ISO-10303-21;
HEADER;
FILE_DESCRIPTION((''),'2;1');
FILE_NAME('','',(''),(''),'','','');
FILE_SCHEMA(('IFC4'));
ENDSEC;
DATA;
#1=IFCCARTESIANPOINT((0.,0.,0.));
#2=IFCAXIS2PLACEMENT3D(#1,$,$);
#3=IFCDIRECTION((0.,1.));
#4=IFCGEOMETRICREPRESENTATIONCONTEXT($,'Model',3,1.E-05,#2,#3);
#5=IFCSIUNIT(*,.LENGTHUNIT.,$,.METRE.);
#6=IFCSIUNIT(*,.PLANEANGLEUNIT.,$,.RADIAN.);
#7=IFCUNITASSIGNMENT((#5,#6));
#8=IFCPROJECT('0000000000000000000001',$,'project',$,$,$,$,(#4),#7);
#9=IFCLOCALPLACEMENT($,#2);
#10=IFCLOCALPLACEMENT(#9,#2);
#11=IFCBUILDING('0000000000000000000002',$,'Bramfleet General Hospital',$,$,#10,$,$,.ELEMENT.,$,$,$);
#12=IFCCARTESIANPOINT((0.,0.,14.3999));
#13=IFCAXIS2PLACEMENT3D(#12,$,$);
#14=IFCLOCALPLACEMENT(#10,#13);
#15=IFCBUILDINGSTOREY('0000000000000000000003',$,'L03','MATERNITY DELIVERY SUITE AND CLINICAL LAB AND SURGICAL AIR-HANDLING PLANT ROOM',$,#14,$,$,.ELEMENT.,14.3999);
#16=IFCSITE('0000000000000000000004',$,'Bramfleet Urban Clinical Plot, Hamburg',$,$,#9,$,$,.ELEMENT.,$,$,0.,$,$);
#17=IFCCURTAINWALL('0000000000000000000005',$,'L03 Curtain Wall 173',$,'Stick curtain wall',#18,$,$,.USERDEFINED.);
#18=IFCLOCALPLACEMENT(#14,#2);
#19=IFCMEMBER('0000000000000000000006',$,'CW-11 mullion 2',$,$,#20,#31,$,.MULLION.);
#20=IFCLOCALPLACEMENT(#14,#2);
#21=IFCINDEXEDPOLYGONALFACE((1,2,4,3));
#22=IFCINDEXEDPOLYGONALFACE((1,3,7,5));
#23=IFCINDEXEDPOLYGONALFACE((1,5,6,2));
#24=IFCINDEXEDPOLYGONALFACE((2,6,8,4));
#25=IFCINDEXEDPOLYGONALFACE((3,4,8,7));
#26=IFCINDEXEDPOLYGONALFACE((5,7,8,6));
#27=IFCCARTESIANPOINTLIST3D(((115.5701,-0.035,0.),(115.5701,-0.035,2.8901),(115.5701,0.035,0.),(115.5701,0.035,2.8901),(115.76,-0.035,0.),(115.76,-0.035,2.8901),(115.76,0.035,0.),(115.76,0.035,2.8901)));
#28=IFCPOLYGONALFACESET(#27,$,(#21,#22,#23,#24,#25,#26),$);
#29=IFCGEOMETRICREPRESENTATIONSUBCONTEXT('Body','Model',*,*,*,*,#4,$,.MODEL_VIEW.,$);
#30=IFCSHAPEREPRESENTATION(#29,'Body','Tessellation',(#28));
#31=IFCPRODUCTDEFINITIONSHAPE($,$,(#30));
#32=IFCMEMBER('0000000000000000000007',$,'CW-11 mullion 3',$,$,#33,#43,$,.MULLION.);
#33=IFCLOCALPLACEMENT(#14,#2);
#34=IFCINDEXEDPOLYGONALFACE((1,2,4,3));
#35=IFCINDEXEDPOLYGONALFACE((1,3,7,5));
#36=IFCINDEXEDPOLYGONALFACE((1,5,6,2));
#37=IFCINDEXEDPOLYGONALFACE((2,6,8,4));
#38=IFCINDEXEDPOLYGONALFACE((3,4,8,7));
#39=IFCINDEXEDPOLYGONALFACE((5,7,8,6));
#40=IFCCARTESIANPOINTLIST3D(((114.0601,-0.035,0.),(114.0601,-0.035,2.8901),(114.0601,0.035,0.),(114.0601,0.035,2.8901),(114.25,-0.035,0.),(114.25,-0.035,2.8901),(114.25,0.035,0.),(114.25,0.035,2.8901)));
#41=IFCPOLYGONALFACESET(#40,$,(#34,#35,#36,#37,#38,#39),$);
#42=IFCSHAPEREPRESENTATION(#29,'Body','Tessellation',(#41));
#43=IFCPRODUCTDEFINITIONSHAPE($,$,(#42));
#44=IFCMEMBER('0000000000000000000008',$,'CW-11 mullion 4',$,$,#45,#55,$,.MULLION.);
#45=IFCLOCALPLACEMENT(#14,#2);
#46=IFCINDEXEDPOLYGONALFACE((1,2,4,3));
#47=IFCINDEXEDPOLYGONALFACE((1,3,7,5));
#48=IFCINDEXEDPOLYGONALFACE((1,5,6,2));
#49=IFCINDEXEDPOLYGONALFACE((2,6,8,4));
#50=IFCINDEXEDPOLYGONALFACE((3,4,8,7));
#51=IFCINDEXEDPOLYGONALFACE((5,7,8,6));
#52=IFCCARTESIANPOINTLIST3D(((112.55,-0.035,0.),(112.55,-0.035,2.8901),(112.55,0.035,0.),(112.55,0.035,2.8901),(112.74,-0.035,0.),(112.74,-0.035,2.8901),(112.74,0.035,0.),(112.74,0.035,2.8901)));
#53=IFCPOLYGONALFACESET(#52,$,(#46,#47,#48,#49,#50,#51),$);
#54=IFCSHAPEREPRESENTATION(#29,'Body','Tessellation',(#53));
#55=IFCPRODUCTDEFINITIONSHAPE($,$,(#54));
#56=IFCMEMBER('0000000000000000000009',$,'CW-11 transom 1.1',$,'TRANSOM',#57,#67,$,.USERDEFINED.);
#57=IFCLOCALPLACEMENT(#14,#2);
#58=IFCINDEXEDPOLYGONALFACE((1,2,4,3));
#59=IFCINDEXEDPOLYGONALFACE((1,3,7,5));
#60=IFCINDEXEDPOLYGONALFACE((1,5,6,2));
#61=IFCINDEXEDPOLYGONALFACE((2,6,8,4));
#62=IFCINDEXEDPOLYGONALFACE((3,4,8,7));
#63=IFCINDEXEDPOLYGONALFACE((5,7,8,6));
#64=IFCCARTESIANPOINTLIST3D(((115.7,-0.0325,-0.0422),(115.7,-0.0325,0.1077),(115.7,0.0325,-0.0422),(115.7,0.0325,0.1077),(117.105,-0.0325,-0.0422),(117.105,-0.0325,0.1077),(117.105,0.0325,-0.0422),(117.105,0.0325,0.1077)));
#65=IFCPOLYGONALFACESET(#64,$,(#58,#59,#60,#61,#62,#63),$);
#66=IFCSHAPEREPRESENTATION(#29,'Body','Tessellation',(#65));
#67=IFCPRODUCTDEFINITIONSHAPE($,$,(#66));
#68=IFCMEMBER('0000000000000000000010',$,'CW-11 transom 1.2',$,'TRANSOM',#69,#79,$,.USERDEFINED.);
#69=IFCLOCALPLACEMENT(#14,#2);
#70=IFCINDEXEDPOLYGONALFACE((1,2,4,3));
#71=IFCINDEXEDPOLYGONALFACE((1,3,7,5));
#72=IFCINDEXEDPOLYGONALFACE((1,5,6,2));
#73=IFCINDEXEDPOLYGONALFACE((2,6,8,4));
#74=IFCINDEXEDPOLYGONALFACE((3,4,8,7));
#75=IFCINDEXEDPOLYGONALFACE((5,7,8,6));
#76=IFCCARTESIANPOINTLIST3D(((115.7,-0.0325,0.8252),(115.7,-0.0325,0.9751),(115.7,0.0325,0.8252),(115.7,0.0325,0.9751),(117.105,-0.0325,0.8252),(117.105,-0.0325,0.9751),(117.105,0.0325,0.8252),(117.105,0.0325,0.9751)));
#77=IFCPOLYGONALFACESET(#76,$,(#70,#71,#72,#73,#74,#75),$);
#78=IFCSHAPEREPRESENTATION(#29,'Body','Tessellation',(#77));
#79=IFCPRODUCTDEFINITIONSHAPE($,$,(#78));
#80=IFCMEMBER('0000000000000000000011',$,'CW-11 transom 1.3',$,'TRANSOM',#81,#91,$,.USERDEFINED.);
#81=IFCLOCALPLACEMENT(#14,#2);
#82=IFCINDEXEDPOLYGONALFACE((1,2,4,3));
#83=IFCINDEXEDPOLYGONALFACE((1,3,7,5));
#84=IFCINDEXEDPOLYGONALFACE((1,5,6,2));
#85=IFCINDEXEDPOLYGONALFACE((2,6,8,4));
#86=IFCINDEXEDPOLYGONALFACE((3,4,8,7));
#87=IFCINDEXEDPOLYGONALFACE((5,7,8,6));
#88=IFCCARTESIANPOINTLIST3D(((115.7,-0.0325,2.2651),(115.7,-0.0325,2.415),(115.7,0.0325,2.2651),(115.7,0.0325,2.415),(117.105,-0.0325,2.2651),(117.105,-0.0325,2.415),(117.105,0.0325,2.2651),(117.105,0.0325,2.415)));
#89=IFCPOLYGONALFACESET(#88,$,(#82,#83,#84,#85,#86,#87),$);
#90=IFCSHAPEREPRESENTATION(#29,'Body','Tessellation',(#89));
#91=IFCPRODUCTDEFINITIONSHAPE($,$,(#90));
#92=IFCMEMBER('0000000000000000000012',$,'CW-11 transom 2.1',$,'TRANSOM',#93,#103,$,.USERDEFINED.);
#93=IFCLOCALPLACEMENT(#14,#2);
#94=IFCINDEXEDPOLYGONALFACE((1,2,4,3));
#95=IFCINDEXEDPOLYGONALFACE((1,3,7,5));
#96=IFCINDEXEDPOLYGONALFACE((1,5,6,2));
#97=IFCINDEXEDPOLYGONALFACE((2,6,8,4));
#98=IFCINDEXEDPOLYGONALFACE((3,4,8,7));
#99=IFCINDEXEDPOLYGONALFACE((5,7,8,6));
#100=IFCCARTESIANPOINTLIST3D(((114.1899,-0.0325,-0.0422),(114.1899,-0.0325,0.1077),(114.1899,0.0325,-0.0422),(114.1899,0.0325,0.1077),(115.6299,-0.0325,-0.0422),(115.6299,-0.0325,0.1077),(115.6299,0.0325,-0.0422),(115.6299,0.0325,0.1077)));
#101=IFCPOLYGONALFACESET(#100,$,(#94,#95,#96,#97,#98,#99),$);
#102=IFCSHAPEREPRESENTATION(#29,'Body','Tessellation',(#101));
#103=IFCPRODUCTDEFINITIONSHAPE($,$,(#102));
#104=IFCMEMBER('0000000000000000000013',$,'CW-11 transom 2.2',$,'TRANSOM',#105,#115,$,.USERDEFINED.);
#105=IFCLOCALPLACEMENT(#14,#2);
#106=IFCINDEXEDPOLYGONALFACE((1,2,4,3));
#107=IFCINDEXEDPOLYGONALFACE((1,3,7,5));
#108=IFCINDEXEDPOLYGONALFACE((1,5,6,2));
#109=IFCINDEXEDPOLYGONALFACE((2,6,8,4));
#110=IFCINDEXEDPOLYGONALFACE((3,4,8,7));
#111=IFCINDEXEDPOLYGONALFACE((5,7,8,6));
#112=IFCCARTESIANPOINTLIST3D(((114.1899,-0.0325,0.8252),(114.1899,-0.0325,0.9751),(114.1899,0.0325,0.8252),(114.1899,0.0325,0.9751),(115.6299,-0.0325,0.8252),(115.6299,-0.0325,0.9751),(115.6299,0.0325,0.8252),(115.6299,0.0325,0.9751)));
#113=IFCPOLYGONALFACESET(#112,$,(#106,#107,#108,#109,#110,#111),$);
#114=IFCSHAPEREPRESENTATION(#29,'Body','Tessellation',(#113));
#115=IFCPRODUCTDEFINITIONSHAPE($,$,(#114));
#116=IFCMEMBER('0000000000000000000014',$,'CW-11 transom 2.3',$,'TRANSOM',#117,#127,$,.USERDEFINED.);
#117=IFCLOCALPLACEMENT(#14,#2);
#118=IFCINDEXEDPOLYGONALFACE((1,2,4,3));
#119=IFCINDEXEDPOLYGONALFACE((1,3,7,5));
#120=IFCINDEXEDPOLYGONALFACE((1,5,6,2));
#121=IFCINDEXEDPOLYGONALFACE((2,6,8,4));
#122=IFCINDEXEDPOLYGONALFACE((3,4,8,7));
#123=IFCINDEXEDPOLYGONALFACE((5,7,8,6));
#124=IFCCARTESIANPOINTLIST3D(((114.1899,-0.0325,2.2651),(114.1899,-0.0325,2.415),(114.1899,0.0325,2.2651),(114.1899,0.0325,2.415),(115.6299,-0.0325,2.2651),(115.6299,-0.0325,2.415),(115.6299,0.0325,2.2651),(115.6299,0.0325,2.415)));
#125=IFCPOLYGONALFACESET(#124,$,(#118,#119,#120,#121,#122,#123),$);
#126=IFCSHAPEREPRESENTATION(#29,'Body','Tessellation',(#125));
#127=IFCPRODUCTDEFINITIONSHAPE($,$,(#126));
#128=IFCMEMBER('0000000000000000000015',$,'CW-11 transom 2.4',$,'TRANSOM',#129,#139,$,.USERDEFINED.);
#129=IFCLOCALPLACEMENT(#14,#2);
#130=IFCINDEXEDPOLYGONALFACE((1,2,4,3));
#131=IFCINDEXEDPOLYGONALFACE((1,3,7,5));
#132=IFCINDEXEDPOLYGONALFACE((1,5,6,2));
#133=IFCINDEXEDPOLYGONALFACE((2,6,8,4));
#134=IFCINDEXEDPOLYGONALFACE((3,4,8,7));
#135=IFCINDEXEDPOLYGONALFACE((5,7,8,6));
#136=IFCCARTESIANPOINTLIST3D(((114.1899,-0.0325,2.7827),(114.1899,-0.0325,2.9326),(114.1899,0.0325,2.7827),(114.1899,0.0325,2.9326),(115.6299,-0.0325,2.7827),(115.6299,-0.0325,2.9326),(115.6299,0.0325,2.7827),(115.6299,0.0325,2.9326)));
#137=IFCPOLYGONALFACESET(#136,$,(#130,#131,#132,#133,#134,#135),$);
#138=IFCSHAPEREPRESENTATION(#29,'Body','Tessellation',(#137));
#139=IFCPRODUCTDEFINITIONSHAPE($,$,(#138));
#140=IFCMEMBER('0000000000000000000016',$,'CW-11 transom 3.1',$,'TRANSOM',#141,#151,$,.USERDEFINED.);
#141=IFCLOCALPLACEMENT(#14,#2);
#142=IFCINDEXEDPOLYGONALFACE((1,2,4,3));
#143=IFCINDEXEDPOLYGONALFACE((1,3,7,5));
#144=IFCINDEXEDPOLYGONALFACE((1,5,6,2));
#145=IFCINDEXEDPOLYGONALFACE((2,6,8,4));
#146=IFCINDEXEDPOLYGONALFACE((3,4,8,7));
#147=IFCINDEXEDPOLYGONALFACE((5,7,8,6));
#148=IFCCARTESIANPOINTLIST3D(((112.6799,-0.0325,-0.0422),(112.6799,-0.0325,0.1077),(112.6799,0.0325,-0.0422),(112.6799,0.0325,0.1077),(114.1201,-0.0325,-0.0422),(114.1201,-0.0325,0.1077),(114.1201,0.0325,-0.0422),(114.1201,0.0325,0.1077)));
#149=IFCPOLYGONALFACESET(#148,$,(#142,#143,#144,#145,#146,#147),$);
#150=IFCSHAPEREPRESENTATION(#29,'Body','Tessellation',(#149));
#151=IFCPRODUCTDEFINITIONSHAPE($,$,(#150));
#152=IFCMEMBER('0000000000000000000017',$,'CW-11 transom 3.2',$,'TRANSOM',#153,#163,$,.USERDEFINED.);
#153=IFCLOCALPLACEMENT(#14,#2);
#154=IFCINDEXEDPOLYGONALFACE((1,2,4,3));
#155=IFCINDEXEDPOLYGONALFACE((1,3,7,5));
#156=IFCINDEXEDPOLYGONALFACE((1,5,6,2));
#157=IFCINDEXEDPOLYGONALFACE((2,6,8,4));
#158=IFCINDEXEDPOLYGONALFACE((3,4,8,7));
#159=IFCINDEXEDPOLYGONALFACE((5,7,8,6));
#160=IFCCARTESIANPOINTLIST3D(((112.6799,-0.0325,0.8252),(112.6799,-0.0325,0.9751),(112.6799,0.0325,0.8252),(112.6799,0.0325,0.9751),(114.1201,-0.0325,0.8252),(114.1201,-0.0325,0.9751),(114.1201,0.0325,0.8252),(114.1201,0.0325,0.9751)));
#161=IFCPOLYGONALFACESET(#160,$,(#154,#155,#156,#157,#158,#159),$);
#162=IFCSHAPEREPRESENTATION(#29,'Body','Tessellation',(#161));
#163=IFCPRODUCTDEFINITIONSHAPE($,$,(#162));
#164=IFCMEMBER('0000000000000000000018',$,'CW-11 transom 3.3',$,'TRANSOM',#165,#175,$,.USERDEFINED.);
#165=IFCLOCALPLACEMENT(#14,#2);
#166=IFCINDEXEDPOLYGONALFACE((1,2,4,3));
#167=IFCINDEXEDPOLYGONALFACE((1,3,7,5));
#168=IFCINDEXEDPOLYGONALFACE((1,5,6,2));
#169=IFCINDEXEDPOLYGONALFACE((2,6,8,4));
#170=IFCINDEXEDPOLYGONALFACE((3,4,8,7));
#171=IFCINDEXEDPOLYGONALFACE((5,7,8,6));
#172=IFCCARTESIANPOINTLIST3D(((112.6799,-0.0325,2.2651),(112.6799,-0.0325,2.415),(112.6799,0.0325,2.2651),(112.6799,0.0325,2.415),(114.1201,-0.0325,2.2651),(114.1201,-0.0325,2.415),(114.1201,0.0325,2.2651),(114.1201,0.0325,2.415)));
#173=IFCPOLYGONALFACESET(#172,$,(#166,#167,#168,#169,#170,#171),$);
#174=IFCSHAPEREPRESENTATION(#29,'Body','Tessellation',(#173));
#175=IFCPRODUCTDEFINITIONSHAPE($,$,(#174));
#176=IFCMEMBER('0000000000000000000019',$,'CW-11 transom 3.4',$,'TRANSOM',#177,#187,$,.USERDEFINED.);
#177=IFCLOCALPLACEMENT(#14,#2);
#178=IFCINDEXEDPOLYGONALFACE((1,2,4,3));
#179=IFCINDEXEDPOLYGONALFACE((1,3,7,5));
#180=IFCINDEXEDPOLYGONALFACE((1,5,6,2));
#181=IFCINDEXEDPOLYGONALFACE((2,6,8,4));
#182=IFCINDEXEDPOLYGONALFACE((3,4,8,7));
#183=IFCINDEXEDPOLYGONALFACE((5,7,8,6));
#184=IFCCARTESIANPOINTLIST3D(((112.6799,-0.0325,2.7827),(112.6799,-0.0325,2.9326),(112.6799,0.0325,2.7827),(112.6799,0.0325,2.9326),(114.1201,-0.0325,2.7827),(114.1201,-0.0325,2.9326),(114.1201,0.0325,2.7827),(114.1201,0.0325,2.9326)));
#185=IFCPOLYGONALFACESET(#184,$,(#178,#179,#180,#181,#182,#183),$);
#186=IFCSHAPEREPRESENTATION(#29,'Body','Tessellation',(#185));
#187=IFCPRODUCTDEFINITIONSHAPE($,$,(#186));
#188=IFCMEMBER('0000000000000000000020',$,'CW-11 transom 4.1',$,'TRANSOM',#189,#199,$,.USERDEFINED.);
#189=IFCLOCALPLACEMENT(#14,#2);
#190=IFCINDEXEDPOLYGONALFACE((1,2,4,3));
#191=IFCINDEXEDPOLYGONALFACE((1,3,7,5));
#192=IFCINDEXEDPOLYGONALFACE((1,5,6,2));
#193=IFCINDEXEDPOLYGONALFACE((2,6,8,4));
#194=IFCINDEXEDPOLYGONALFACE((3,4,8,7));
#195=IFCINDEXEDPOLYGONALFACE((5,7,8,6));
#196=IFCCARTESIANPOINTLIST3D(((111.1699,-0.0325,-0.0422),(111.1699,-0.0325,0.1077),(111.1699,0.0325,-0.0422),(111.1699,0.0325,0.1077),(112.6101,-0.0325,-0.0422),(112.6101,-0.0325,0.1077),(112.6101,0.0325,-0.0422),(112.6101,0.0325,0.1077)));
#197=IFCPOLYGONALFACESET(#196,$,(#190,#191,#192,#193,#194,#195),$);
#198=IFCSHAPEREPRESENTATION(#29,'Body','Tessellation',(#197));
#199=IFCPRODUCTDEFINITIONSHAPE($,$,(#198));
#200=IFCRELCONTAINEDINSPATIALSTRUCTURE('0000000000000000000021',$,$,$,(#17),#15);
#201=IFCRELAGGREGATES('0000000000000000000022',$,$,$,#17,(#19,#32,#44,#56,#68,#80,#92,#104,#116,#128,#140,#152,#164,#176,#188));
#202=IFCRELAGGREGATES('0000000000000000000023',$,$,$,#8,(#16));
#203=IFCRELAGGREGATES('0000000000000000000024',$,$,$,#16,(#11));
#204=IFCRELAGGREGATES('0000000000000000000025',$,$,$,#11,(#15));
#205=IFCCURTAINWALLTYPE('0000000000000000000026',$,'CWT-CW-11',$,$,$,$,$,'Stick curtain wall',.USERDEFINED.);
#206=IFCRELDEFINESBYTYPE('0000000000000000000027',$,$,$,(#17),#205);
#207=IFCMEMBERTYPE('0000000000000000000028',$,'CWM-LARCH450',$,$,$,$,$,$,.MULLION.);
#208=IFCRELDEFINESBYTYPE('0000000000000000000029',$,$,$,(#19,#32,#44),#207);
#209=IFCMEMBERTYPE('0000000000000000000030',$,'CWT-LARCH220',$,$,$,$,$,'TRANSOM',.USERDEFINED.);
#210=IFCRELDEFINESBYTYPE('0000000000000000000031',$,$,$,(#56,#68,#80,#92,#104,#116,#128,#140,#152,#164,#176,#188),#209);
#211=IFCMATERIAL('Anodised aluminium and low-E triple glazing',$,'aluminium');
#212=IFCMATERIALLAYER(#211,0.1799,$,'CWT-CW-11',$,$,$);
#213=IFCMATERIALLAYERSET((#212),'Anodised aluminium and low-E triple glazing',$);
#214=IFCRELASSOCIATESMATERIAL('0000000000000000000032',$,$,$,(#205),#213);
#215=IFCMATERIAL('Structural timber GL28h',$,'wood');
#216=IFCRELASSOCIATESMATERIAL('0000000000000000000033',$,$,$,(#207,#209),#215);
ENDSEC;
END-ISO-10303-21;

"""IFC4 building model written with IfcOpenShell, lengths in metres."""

from ifc_helpers import new_model, si_unit, direction, frame, origin, origin_2d, place, context, subcontext, project, spatial, rectangle, extrude, material, layer, layer_set, material_profile, profile_set, type_object, element, aggregate, save


model = new_model("IFC4")

# Units and contexts
model_context = context("Model", 3, precision=1e-05, world=origin(), true_north=direction((0.0, 1.0)))
body_context = subcontext(model_context, "Body", "Model", "MODEL_VIEW")
ifc_project = project(units=[si_unit("LENGTHUNIT", "METRE"), si_unit("PLANEANGLEUNIT", "RADIAN")], contexts=[model_context])

# Site, building, storey
site_placement = place(None, origin())
site = spatial("IfcSite", under=ifc_project, at=site_placement, Name="Bramfleet Urban Clinical Plot, Hamburg", CompositionType="ELEMENT", RefElevation=0.0)
building_placement = place(site_placement, origin())
building = spatial("IfcBuilding", under=site, at=building_placement, Name="Bramfleet General Hospital", CompositionType="ELEMENT")
storey_placement = place(building_placement, frame((0.0, 0.0, 14.3999)))
storey = spatial("IfcBuildingStorey", under=building, at=storey_placement, Name="L03", Description="MATERNITY DELIVERY SUITE AND CLINICAL LAB AND SURGICAL AIR-HANDLING PLANT ROOM", CompositionType="ELEMENT", Elevation=14.3999)

# Curtain wall, members
ifc_material_1 = material(Name="Anodised aluminium and low-E triple glazing", Category="aluminium")
ifc_layer_1 = layer(ifc_material_1, 0.1799, Name="CWT-CW-11")
ifc_layer_set_1 = layer_set([ifc_layer_1], Name="Anodised aluminium and low-E triple glazing")
curtain_wall_type = type_object("IfcCurtainWallType", Name="CWT-CW-11", ElementType="Stick curtain wall", PredefinedType="USERDEFINED", material=ifc_layer_set_1)
curtain_wall_placement = place(storey_placement, origin())
curtain_wall = element("IfcCurtainWall", 1, at=curtain_wall_placement, inside=storey, type_object=curtain_wall_type, Name="L03 Curtain Wall 173", ObjectType="Stick curtain wall", PredefinedType="USERDEFINED")
ifc_material_2 = material(Name="Structural timber GL28h", Category="wood")
ifc_material_profile_1 = material_profile(ifc_material_2, rectangle(XDim=0.0701, YDim=0.1899, at=origin_2d()), Name="LARCH 190x70")
ifc_profile_set_1 = profile_set([ifc_material_profile_1], Name="Structural timber GL28h")
member_type_1 = type_object("IfcMemberType", Name="CWM-LARCH450", PredefinedType="MULLION", material=ifc_profile_set_1)
member_1_placement = place(storey_placement, frame((115.665, 0.0, 0.0), z_axis=(0.0, 0.0, 1.0), x_axis=(0.0, -1.0, 0.0)))
member_1 = element("IfcMember", 2, at=member_1_placement, type_object=member_type_1, Name="CW-11 mullion 2", PredefinedType="MULLION", context=body_context, shape_type="SweptSolid", body=[
    extrude(rectangle(XDim=0.0701, YDim=0.1899, at=origin_2d()), origin(), (0.0, 0.0, 1.0), 2.8901),
])
member_2_placement = place(storey_placement, frame((114.155, 0.0, 0.0), z_axis=(0.0, 0.0, 1.0), x_axis=(0.0, -1.0, 0.0)))
member_2 = element("IfcMember", 3, at=member_2_placement, type_object=member_type_1, Name="CW-11 mullion 3", PredefinedType="MULLION", context=body_context, shape_type="SweptSolid", body=[
    extrude(rectangle(XDim=0.0701, YDim=0.1899, at=origin_2d()), origin(), (0.0, 0.0, 1.0), 2.8901),
])
member_3_placement = place(storey_placement, frame((112.645, 0.0, 0.0), z_axis=(0.0, 0.0, 1.0), x_axis=(0.0, -1.0, 0.0)))
member_3 = element("IfcMember", 4, at=member_3_placement, type_object=member_type_1, Name="CW-11 mullion 4", PredefinedType="MULLION", context=body_context, shape_type="SweptSolid", body=[
    extrude(rectangle(XDim=0.0701, YDim=0.1899, at=origin_2d()), origin(), (0.0, 0.0, 1.0), 2.8901),
])
ifc_material_profile_2 = material_profile(ifc_material_2, rectangle(XDim=0.0649, YDim=0.1499, at=origin_2d()), Name="LARCH 150x65")
ifc_profile_set_2 = profile_set([ifc_material_profile_2], Name="Structural timber GL28h")
member_type_2 = type_object("IfcMemberType", Name="CWT-LARCH220", ElementType="TRANSOM", PredefinedType="USERDEFINED", material=ifc_profile_set_2)
member_4_placement = place(storey_placement, frame((117.105, 0.0, 0.0327), z_axis=(-1.0, 0.0, 0.0), x_axis=(0.0, -1.0, 0.0)))
member_4 = element("IfcMember", 5, at=member_4_placement, type_object=member_type_2, Name="CW-11 transom 1.1", ObjectType="TRANSOM", PredefinedType="USERDEFINED", context=body_context, shape_type="SweptSolid", body=[
    extrude(rectangle(XDim=0.0649, YDim=0.1499, at=origin_2d()), origin(), (0.0, 0.0, 1.0), 1.405),
])
member_5_placement = place(storey_placement, frame((117.105, 0.0, 0.9001), z_axis=(-1.0, 0.0, 0.0), x_axis=(0.0, -1.0, 0.0)))
member_5 = element("IfcMember", 6, at=member_5_placement, type_object=member_type_2, Name="CW-11 transom 1.2", ObjectType="TRANSOM", PredefinedType="USERDEFINED", context=body_context, shape_type="SweptSolid", body=[
    extrude(rectangle(XDim=0.0649, YDim=0.1499, at=origin_2d()), origin(), (0.0, 0.0, 1.0), 1.405),
])
member_6_placement = place(storey_placement, frame((117.105, 0.0, 2.3401), z_axis=(-1.0, 0.0, 0.0), x_axis=(0.0, -1.0, 0.0)))
member_6 = element("IfcMember", 7, at=member_6_placement, type_object=member_type_2, Name="CW-11 transom 1.3", ObjectType="TRANSOM", PredefinedType="USERDEFINED", context=body_context, shape_type="SweptSolid", body=[
    extrude(rectangle(XDim=0.0649, YDim=0.1499, at=origin_2d()), origin(), (0.0, 0.0, 1.0), 1.405),
])
member_7_placement = place(storey_placement, frame((115.6299, 0.0, 0.0327), z_axis=(-1.0, 0.0, 0.0), x_axis=(0.0, -1.0, 0.0)))
member_7 = element("IfcMember", 8, at=member_7_placement, type_object=member_type_2, Name="CW-11 transom 2.1", ObjectType="TRANSOM", PredefinedType="USERDEFINED", context=body_context, shape_type="SweptSolid", body=[
    extrude(rectangle(XDim=0.0649, YDim=0.1499, at=origin_2d()), origin(), (0.0, 0.0, 1.0), 1.4399),
])
member_8_placement = place(storey_placement, frame((115.6299, 0.0, 0.9001), z_axis=(-1.0, 0.0, 0.0), x_axis=(0.0, -1.0, 0.0)))
member_8 = element("IfcMember", 9, at=member_8_placement, type_object=member_type_2, Name="CW-11 transom 2.2", ObjectType="TRANSOM", PredefinedType="USERDEFINED", context=body_context, shape_type="SweptSolid", body=[
    extrude(rectangle(XDim=0.0649, YDim=0.1499, at=origin_2d()), origin(), (0.0, 0.0, 1.0), 1.4399),
])
member_9_placement = place(storey_placement, frame((115.6299, 0.0, 2.3401), z_axis=(-1.0, 0.0, 0.0), x_axis=(0.0, -1.0, 0.0)))
member_9 = element("IfcMember", 10, at=member_9_placement, type_object=member_type_2, Name="CW-11 transom 2.3", ObjectType="TRANSOM", PredefinedType="USERDEFINED", context=body_context, shape_type="SweptSolid", body=[
    extrude(rectangle(XDim=0.0649, YDim=0.1499, at=origin_2d()), origin(), (0.0, 0.0, 1.0), 1.4399),
])
member_10_placement = place(storey_placement, frame((115.6299, 0.0, 2.8577), z_axis=(-1.0, 0.0, 0.0), x_axis=(0.0, -1.0, 0.0)))
member_10 = element("IfcMember", 11, at=member_10_placement, type_object=member_type_2, Name="CW-11 transom 2.4", ObjectType="TRANSOM", PredefinedType="USERDEFINED", context=body_context, shape_type="SweptSolid", body=[
    extrude(rectangle(XDim=0.0649, YDim=0.1499, at=origin_2d()), origin(), (0.0, 0.0, 1.0), 1.4399),
])
member_11_placement = place(storey_placement, frame((114.1201, 0.0, 0.0327), z_axis=(-1.0, 0.0, 0.0), x_axis=(0.0, -1.0, 0.0)))
member_11 = element("IfcMember", 12, at=member_11_placement, type_object=member_type_2, Name="CW-11 transom 3.1", ObjectType="TRANSOM", PredefinedType="USERDEFINED", context=body_context, shape_type="SweptSolid", body=[
    extrude(rectangle(XDim=0.0649, YDim=0.1499, at=origin_2d()), origin(), (0.0, 0.0, 1.0), 1.4402),
])
member_12_placement = place(storey_placement, frame((114.1201, 0.0, 0.9001), z_axis=(-1.0, 0.0, 0.0), x_axis=(0.0, -1.0, 0.0)))
member_12 = element("IfcMember", 13, at=member_12_placement, type_object=member_type_2, Name="CW-11 transom 3.2", ObjectType="TRANSOM", PredefinedType="USERDEFINED", context=body_context, shape_type="SweptSolid", body=[
    extrude(rectangle(XDim=0.0649, YDim=0.1499, at=origin_2d()), origin(), (0.0, 0.0, 1.0), 1.4402),
])
member_13_placement = place(storey_placement, frame((114.1201, 0.0, 2.3401), z_axis=(-1.0, 0.0, 0.0), x_axis=(0.0, -1.0, 0.0)))
member_13 = element("IfcMember", 14, at=member_13_placement, type_object=member_type_2, Name="CW-11 transom 3.3", ObjectType="TRANSOM", PredefinedType="USERDEFINED", context=body_context, shape_type="SweptSolid", body=[
    extrude(rectangle(XDim=0.0649, YDim=0.1499, at=origin_2d()), origin(), (0.0, 0.0, 1.0), 1.4402),
])
member_14_placement = place(storey_placement, frame((114.1201, 0.0, 2.8577), z_axis=(-1.0, 0.0, 0.0), x_axis=(0.0, -1.0, 0.0)))
member_14 = element("IfcMember", 15, at=member_14_placement, type_object=member_type_2, Name="CW-11 transom 3.4", ObjectType="TRANSOM", PredefinedType="USERDEFINED", context=body_context, shape_type="SweptSolid", body=[
    extrude(rectangle(XDim=0.0649, YDim=0.1499, at=origin_2d()), origin(), (0.0, 0.0, 1.0), 1.4402),
])
member_15_placement = place(storey_placement, frame((112.6101, 0.0, 0.0327), z_axis=(-1.0, 0.0, 0.0), x_axis=(0.0, -1.0, 0.0)))
member_15 = element("IfcMember", 16, at=member_15_placement, type_object=member_type_2, Name="CW-11 transom 4.1", ObjectType="TRANSOM", PredefinedType="USERDEFINED", context=body_context, shape_type="SweptSolid", body=[
    extrude(rectangle(XDim=0.0649, YDim=0.1499, at=origin_2d()), origin(), (0.0, 0.0, 1.0), 1.4402),
])
aggregate(curtain_wall, [member_1, member_2, member_3, member_4, member_5, member_6, member_7, member_8, member_9, member_10, member_11, member_12, member_13, member_14, member_15])

save(model, "model.ifc")
